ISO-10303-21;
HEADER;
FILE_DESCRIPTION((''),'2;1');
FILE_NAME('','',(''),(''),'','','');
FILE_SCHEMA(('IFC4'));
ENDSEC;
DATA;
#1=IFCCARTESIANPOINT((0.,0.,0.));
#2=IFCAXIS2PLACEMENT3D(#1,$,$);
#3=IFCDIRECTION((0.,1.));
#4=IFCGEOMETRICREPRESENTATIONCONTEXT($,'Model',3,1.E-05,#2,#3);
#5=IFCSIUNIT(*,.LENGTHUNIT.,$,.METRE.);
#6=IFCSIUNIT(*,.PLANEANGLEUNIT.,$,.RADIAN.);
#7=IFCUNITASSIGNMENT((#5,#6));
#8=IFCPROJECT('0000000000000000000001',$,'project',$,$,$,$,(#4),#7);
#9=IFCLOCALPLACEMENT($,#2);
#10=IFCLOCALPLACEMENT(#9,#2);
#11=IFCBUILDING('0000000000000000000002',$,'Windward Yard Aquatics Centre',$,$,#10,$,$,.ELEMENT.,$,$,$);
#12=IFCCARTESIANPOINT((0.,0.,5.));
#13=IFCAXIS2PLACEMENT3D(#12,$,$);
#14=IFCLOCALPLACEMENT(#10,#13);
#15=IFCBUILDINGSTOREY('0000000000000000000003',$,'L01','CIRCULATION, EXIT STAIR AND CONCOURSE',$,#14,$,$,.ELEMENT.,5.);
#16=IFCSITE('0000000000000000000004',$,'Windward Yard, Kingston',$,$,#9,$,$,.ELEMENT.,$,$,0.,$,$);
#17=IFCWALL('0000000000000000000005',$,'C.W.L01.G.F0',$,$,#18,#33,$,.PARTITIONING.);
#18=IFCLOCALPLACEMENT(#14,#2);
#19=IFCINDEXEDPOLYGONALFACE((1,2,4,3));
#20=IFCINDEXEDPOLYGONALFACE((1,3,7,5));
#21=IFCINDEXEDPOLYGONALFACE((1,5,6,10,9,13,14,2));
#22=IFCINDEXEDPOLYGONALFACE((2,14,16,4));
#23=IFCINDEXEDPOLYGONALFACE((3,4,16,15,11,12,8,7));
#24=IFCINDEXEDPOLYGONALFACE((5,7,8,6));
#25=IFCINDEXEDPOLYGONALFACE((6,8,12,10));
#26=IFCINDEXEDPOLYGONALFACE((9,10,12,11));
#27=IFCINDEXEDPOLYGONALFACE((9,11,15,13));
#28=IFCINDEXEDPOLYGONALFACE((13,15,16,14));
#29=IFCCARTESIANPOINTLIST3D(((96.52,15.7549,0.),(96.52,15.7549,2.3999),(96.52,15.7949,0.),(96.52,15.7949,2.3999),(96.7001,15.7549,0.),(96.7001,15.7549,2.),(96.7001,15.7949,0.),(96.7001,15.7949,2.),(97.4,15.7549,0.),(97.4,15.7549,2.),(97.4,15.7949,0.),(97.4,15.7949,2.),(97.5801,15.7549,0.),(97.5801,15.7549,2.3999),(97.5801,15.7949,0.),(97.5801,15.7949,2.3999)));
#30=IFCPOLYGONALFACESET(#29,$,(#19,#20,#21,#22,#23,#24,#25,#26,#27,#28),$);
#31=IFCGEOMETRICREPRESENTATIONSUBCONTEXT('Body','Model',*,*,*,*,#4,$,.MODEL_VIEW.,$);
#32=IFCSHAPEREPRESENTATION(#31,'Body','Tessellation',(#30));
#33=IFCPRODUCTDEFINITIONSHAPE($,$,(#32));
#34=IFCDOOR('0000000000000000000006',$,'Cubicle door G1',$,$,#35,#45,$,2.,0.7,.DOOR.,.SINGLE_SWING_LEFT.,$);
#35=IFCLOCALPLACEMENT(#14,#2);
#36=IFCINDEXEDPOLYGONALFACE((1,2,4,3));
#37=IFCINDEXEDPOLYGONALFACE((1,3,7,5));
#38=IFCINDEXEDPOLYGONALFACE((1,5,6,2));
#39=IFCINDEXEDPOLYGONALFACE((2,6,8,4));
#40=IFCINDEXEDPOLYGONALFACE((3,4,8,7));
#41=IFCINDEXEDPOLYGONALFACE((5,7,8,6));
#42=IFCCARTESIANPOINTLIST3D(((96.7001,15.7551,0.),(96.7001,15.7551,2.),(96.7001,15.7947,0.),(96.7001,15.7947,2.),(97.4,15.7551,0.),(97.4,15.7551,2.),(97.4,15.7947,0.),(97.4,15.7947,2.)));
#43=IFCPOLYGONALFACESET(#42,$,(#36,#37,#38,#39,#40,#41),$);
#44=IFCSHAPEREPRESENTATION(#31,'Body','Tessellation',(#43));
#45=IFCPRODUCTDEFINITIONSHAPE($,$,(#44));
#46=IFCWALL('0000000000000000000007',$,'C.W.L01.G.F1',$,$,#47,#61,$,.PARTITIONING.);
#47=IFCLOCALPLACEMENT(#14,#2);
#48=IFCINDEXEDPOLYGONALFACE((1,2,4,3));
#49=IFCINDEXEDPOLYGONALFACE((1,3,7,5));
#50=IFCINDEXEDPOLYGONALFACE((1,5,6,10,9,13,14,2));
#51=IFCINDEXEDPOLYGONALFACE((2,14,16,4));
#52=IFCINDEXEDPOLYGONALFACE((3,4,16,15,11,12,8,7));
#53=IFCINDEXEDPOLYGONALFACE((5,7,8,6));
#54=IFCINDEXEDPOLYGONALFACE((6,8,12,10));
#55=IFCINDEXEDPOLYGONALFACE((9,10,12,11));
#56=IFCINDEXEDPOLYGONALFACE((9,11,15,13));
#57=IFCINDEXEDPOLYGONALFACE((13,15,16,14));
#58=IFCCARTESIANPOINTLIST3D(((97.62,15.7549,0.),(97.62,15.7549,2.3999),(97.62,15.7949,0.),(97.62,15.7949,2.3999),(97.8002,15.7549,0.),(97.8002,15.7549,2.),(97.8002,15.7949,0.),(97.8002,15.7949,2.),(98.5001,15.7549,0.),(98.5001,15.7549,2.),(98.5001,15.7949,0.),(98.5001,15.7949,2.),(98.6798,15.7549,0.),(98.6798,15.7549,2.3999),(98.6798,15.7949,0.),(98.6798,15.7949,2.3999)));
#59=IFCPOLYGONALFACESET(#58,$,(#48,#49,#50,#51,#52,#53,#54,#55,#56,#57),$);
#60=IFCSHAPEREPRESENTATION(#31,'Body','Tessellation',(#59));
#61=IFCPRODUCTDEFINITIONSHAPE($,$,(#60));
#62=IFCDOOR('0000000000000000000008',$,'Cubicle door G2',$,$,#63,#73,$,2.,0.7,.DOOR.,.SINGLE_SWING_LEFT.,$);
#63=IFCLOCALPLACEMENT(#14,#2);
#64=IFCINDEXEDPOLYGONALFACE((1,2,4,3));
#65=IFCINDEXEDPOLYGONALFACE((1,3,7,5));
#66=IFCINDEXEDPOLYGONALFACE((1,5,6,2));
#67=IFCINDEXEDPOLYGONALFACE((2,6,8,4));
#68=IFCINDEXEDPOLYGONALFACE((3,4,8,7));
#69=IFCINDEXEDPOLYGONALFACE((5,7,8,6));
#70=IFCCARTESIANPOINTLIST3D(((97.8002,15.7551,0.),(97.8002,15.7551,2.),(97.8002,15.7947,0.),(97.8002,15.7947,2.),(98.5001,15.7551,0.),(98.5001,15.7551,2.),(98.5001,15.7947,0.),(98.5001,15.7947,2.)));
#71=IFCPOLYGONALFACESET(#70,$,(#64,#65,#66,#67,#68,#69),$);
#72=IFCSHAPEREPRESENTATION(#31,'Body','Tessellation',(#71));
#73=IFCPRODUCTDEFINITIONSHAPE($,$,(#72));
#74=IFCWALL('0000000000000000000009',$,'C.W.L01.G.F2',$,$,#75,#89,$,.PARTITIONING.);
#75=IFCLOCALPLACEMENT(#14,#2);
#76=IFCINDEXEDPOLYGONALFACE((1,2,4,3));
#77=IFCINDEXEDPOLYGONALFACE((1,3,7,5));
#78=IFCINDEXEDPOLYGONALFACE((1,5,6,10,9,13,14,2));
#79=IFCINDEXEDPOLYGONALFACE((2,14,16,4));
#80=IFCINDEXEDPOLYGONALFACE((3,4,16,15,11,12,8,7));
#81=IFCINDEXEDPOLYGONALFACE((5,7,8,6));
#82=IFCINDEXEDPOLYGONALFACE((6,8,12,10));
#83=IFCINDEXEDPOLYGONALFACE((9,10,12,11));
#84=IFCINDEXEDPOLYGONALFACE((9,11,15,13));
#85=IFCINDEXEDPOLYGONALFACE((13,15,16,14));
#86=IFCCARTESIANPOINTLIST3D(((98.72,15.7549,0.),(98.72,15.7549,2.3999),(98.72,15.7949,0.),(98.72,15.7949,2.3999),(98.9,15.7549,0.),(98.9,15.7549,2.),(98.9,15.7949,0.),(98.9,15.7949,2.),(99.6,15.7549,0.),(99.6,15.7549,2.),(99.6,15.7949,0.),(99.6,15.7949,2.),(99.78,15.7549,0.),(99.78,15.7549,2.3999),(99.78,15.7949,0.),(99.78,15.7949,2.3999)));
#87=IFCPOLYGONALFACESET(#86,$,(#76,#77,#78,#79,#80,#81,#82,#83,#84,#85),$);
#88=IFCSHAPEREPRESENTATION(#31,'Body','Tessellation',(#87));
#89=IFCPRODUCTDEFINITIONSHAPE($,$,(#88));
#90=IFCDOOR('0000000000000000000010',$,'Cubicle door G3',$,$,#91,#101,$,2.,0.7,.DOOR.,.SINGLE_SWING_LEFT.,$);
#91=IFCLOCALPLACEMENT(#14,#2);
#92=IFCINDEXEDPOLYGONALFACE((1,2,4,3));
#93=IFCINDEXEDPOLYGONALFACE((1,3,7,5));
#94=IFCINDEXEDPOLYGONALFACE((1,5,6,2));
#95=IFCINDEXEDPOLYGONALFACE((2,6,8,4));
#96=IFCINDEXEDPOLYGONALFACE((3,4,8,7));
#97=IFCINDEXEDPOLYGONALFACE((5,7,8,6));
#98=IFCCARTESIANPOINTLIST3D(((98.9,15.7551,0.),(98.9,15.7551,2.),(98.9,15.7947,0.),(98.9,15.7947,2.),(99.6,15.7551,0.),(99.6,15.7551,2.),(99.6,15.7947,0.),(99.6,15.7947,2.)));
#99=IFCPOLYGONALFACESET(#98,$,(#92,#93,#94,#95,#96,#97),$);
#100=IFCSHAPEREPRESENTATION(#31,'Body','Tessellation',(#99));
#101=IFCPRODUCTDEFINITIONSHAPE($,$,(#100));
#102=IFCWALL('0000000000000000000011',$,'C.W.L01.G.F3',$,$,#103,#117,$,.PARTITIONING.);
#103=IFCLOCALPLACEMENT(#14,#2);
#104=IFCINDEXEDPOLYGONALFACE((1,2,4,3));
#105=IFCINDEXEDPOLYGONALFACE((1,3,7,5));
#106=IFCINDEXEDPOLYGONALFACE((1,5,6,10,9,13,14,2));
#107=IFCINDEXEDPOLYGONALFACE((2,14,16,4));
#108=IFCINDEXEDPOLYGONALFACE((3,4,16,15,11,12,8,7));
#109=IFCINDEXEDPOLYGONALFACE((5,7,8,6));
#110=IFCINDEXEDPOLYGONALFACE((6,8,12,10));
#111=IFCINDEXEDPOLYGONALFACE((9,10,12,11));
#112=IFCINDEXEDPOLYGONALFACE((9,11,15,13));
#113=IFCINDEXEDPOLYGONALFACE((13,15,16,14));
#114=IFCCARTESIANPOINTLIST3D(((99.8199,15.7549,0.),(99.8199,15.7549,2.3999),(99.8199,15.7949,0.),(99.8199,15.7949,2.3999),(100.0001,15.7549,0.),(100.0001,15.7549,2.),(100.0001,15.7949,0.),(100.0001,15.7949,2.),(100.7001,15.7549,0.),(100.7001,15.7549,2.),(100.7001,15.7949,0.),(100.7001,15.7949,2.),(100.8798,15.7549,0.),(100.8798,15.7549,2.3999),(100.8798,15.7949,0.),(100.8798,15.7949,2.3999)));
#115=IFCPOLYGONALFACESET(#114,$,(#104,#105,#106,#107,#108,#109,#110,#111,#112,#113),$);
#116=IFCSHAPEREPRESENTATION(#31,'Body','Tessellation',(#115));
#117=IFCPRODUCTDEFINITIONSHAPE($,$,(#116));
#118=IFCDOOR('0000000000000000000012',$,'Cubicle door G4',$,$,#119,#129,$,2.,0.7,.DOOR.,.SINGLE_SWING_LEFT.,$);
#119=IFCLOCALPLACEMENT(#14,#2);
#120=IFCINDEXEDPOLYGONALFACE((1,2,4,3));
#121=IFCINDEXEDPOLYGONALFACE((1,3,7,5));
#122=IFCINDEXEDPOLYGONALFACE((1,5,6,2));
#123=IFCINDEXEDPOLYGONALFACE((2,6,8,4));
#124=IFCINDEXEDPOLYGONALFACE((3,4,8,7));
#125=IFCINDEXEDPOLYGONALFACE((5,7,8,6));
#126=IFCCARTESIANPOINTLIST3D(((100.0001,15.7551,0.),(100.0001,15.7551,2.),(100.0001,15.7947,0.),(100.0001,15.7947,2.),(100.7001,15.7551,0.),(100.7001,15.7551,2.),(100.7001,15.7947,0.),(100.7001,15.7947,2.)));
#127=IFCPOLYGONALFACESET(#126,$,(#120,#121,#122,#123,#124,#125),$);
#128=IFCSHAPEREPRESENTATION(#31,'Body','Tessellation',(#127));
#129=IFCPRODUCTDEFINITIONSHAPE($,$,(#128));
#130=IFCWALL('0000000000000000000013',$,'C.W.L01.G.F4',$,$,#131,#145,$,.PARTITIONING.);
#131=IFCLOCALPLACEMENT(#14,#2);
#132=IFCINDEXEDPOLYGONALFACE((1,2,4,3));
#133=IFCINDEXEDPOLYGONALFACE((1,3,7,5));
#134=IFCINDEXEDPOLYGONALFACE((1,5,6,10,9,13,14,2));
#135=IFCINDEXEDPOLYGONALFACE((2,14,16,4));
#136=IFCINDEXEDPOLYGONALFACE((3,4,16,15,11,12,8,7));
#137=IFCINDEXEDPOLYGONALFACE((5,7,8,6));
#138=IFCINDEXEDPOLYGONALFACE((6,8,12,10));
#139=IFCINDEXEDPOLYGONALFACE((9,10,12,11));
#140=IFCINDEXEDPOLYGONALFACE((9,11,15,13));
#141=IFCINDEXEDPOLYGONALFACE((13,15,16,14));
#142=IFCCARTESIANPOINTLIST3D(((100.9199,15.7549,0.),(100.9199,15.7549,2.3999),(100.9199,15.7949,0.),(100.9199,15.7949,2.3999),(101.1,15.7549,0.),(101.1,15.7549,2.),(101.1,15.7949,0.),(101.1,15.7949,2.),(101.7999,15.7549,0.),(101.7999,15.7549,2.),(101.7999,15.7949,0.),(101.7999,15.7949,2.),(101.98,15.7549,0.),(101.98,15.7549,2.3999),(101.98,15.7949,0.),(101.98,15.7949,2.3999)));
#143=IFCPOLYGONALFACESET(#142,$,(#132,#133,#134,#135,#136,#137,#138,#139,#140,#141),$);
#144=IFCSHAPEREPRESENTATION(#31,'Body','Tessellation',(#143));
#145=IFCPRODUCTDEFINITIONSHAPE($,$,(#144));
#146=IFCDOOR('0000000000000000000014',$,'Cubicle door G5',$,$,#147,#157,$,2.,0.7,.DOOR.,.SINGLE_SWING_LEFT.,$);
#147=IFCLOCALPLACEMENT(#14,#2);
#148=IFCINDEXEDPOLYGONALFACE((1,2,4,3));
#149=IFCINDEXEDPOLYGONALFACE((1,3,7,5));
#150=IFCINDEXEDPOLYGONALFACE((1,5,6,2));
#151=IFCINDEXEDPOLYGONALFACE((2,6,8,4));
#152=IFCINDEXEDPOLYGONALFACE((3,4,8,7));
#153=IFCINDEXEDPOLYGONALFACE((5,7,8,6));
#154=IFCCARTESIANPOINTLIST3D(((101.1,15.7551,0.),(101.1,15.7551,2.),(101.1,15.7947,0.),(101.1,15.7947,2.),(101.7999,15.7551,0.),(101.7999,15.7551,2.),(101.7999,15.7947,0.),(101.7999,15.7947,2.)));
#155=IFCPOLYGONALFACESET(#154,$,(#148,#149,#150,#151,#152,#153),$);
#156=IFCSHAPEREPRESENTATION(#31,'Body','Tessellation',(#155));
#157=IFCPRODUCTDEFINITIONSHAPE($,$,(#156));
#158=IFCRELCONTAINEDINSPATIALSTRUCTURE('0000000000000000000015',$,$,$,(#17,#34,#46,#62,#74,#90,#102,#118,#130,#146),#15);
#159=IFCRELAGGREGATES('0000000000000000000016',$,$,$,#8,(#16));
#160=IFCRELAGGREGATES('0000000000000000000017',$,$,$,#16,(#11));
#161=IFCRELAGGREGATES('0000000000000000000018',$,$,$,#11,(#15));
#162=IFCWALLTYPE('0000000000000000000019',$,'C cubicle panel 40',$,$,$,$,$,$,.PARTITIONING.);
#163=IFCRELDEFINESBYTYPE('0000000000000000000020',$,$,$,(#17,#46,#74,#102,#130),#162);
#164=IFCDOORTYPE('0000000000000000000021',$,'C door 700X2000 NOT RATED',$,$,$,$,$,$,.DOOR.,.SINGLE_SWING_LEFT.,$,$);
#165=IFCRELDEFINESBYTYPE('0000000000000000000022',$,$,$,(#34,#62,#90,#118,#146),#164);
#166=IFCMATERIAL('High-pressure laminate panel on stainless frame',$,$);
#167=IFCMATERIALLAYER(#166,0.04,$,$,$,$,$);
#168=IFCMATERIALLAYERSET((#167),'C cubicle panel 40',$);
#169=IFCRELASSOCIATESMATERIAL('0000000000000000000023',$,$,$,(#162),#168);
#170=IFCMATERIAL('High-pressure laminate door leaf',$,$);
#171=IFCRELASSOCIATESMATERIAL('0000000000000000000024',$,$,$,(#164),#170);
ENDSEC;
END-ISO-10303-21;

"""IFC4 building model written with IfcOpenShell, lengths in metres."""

from ifc_helpers import new_model, si_unit, direction, frame, frame_2d, origin, place, context, subcontext, project, spatial, rectangle, extrude, material, layer, layer_set, type_object, element, fill, save


model = new_model("IFC4")

# Units and contexts
model_context = context("Model", 3, precision=1e-05, world=origin(), true_north=direction((0.0, 1.0)))
body_context = subcontext(model_context, "Body", "Model", "MODEL_VIEW")
ifc_project = project(units=[si_unit("LENGTHUNIT", "METRE"), si_unit("PLANEANGLEUNIT", "RADIAN")], contexts=[model_context])

# Site, building, storey
site_placement = place(None, origin())
site = spatial("IfcSite", under=ifc_project, at=site_placement, Name="Windward Yard, Kingston", CompositionType="ELEMENT", RefElevation=0.0)
building_placement = place(site_placement, origin())
building = spatial("IfcBuilding", under=site, at=building_placement, Name="Windward Yard Aquatics Centre", CompositionType="ELEMENT")
storey_placement = place(building_placement, frame((0.0, 0.0, 5.0)))
storey = spatial("IfcBuildingStorey", under=building, at=storey_placement, Name="L01", Description="CIRCULATION, EXIT STAIR AND CONCOURSE", CompositionType="ELEMENT", Elevation=5.0)

# Shared definitions
ifc_material_1 = material(Name="High-pressure laminate panel on stainless frame")
ifc_layer_1 = layer(ifc_material_1, 0.04)
ifc_layer_set_1 = layer_set([ifc_layer_1], Name="C cubicle panel 40")
wall_type_1 = type_object("IfcWallType", Name="C cubicle panel 40", PredefinedType="PARTITIONING", material=ifc_layer_set_1)

# Walls, openings, doors
wall_1_placement = place(storey_placement, frame((96.52, 15.7749, 0.0), z_axis=(0.0, 0.0, 1.0), x_axis=(1.0, 0.0, 0.0)))
wall_1 = element("IfcWall", 1, at=wall_1_placement, inside=storey, type_object=wall_type_1, Name="C.W.L01.G.F0", PredefinedType="PARTITIONING", context=body_context, shape_type="SweptSolid", body=[
    extrude(rectangle(XDim=1.0601, YDim=0.04, at=frame_2d((0.53, 0.0))), origin(), (0.0, 0.0, 1.0), 2.3999),
])
opening_1_placement = place(wall_1_placement, frame((0.1799, 0.0, 0.0)))
opening_1 = element("IfcOpeningElement", 2, at=opening_1_placement, cuts=wall_1, PredefinedType="OPENING", context=body_context, shape_type="SweptSolid", body=[
    extrude(rectangle(XDim=0.7, YDim=2.0, at=frame_2d((0.3501, 1.0))), frame((0.0, 0.03, 0.0), z_axis=(0.0, -1.0, 0.0), x_axis=(1.0, 0.0, 0.0)), (0.0, 0.0, 1.0), 0.0601),
])
ifc_material_2 = material(Name="High-pressure laminate door leaf")
door_type = type_object("IfcDoorType", Name="C door 700X2000 NOT RATED", OperationType="SINGLE_SWING_LEFT", PredefinedType="DOOR", material=ifc_material_2)
door_1_placement = place(opening_1_placement, origin())
door_1 = element("IfcDoor", 3, at=door_1_placement, inside=storey, type_object=door_type, Name="Cubicle door G1", OperationType="SINGLE_SWING_LEFT", OverallHeight=2.0, OverallWidth=0.7, PredefinedType="DOOR", context=body_context, shape_type="SweptSolid", body=[
    extrude(rectangle(XDim=0.7, YDim=2.0, at=frame_2d((0.3501, 1.0))), frame((0.0, 0.0198, 0.0), z_axis=(0.0, -1.0, 0.0), x_axis=(1.0, 0.0, 0.0)), (0.0, 0.0, 1.0), 0.0396),
])
fill(opening_1, door_1)
wall_2_placement = place(storey_placement, frame((97.6201, 15.7749, 0.0), z_axis=(0.0, 0.0, 1.0), x_axis=(1.0, 0.0, 0.0)))
wall_2 = element("IfcWall", 4, at=wall_2_placement, inside=storey, type_object=wall_type_1, Name="C.W.L01.G.F1", PredefinedType="PARTITIONING", context=body_context, shape_type="SweptSolid", body=[
    extrude(rectangle(XDim=1.0598, YDim=0.04, at=frame_2d((0.5298, 0.0))), origin(), (0.0, 0.0, 1.0), 2.3999),
])
opening_2_placement = place(wall_2_placement, frame((0.1799, 0.0, 0.0)))
opening_2 = element("IfcOpeningElement", 5, at=opening_2_placement, cuts=wall_2, PredefinedType="OPENING", context=body_context, shape_type="SweptSolid", body=[
    extrude(rectangle(XDim=0.7, YDim=2.0, at=frame_2d((0.3501, 1.0))), frame((0.0, 0.03, 0.0), z_axis=(0.0, -1.0, 0.0), x_axis=(1.0, 0.0, 0.0)), (0.0, 0.0, 1.0), 0.0601),
])
door_2_placement = place(opening_2_placement, origin())
door_2 = element("IfcDoor", 6, at=door_2_placement, inside=storey, type_object=door_type, Name="Cubicle door G2", OperationType="SINGLE_SWING_LEFT", OverallHeight=2.0, OverallWidth=0.7, PredefinedType="DOOR", context=body_context, shape_type="SweptSolid", body=[
    extrude(rectangle(XDim=0.7, YDim=2.0, at=frame_2d((0.3501, 1.0))), frame((0.0, 0.0198, 0.0), z_axis=(0.0, -1.0, 0.0), x_axis=(1.0, 0.0, 0.0)), (0.0, 0.0, 1.0), 0.0396),
])
fill(opening_2, door_2)
wall_3_placement = place(storey_placement, frame((98.72, 15.7749, 0.0), z_axis=(0.0, 0.0, 1.0), x_axis=(1.0, 0.0, 0.0)))
wall_3 = element("IfcWall", 7, at=wall_3_placement, inside=storey, type_object=wall_type_1, Name="C.W.L01.G.F2", PredefinedType="PARTITIONING", context=body_context, shape_type="SweptSolid", body=[
    extrude(rectangle(XDim=1.0601, YDim=0.04, at=frame_2d((0.53, 0.0))), origin(), (0.0, 0.0, 1.0), 2.3999),
])
opening_3_placement = place(wall_3_placement, frame((0.1799, 0.0, 0.0)))
opening_3 = element("IfcOpeningElement", 8, at=opening_3_placement, cuts=wall_3, PredefinedType="OPENING", context=body_context, shape_type="SweptSolid", body=[
    extrude(rectangle(XDim=0.7, YDim=2.0, at=frame_2d((0.3501, 1.0))), frame((0.0, 0.03, 0.0), z_axis=(0.0, -1.0, 0.0), x_axis=(1.0, 0.0, 0.0)), (0.0, 0.0, 1.0), 0.0601),
])
door_3_placement = place(opening_3_placement, origin())
door_3 = element("IfcDoor", 9, at=door_3_placement, inside=storey, type_object=door_type, Name="Cubicle door G3", OperationType="SINGLE_SWING_LEFT", OverallHeight=2.0, OverallWidth=0.7, PredefinedType="DOOR", context=body_context, shape_type="SweptSolid", body=[
    extrude(rectangle(XDim=0.7, YDim=2.0, at=frame_2d((0.3501, 1.0))), frame((0.0, 0.0198, 0.0), z_axis=(0.0, -1.0, 0.0), x_axis=(1.0, 0.0, 0.0)), (0.0, 0.0, 1.0), 0.0396),
])
fill(opening_3, door_3)
wall_4_placement = place(storey_placement, frame((99.8201, 15.7749, 0.0), z_axis=(0.0, 0.0, 1.0), x_axis=(1.0, 0.0, 0.0)))
wall_4 = element("IfcWall", 10, at=wall_4_placement, inside=storey, type_object=wall_type_1, Name="C.W.L01.G.F3", PredefinedType="PARTITIONING", context=body_context, shape_type="SweptSolid", body=[
    extrude(rectangle(XDim=1.0598, YDim=0.04, at=frame_2d((0.5298, 0.0))), origin(), (0.0, 0.0, 1.0), 2.3999),
])
opening_4_placement = place(wall_4_placement, frame((0.1799, 0.0, 0.0)))
opening_4 = element("IfcOpeningElement", 11, at=opening_4_placement, cuts=wall_4, PredefinedType="OPENING", context=body_context, shape_type="SweptSolid", body=[
    extrude(rectangle(XDim=0.7, YDim=2.0, at=frame_2d((0.3501, 1.0))), frame((0.0, 0.03, 0.0), z_axis=(0.0, -1.0, 0.0), x_axis=(1.0, 0.0, 0.0)), (0.0, 0.0, 1.0), 0.0601),
])
door_4_placement = place(opening_4_placement, origin())
door_4 = element("IfcDoor", 12, at=door_4_placement, inside=storey, type_object=door_type, Name="Cubicle door G4", OperationType="SINGLE_SWING_LEFT", OverallHeight=2.0, OverallWidth=0.7, PredefinedType="DOOR", context=body_context, shape_type="SweptSolid", body=[
    extrude(rectangle(XDim=0.7, YDim=2.0, at=frame_2d((0.3501, 1.0))), frame((0.0, 0.0198, 0.0), z_axis=(0.0, -1.0, 0.0), x_axis=(1.0, 0.0, 0.0)), (0.0, 0.0, 1.0), 0.0396),
])
fill(opening_4, door_4)
wall_5_placement = place(storey_placement, frame((100.9199, 15.7749, 0.0), z_axis=(0.0, 0.0, 1.0), x_axis=(1.0, 0.0, 0.0)))
wall_5 = element("IfcWall", 13, at=wall_5_placement, inside=storey, type_object=wall_type_1, Name="C.W.L01.G.F4", PredefinedType="PARTITIONING", context=body_context, shape_type="SweptSolid", body=[
    extrude(rectangle(XDim=1.0601, YDim=0.04, at=frame_2d((0.53, 0.0))), origin(), (0.0, 0.0, 1.0), 2.3999),
])
opening_5_placement = place(wall_5_placement, frame((0.1799, 0.0, 0.0)))
opening_5 = element("IfcOpeningElement", 14, at=opening_5_placement, cuts=wall_5, PredefinedType="OPENING", context=body_context, shape_type="SweptSolid", body=[
    extrude(rectangle(XDim=0.7, YDim=2.0, at=frame_2d((0.3501, 1.0))), frame((0.0, 0.03, 0.0), z_axis=(0.0, -1.0, 0.0), x_axis=(1.0, 0.0, 0.0)), (0.0, 0.0, 1.0), 0.0601),
])
door_5_placement = place(opening_5_placement, origin())
door_5 = element("IfcDoor", 15, at=door_5_placement, inside=storey, type_object=door_type, Name="Cubicle door G5", OperationType="SINGLE_SWING_LEFT", OverallHeight=2.0, OverallWidth=0.7, PredefinedType="DOOR", context=body_context, shape_type="SweptSolid", body=[
    extrude(rectangle(XDim=0.7, YDim=2.0, at=frame_2d((0.3501, 1.0))), frame((0.0, 0.0198, 0.0), z_axis=(0.0, -1.0, 0.0), x_axis=(1.0, 0.0, 0.0)), (0.0, 0.0, 1.0), 0.0396),
])
fill(opening_5, door_5)

save(model, "model.ifc")
